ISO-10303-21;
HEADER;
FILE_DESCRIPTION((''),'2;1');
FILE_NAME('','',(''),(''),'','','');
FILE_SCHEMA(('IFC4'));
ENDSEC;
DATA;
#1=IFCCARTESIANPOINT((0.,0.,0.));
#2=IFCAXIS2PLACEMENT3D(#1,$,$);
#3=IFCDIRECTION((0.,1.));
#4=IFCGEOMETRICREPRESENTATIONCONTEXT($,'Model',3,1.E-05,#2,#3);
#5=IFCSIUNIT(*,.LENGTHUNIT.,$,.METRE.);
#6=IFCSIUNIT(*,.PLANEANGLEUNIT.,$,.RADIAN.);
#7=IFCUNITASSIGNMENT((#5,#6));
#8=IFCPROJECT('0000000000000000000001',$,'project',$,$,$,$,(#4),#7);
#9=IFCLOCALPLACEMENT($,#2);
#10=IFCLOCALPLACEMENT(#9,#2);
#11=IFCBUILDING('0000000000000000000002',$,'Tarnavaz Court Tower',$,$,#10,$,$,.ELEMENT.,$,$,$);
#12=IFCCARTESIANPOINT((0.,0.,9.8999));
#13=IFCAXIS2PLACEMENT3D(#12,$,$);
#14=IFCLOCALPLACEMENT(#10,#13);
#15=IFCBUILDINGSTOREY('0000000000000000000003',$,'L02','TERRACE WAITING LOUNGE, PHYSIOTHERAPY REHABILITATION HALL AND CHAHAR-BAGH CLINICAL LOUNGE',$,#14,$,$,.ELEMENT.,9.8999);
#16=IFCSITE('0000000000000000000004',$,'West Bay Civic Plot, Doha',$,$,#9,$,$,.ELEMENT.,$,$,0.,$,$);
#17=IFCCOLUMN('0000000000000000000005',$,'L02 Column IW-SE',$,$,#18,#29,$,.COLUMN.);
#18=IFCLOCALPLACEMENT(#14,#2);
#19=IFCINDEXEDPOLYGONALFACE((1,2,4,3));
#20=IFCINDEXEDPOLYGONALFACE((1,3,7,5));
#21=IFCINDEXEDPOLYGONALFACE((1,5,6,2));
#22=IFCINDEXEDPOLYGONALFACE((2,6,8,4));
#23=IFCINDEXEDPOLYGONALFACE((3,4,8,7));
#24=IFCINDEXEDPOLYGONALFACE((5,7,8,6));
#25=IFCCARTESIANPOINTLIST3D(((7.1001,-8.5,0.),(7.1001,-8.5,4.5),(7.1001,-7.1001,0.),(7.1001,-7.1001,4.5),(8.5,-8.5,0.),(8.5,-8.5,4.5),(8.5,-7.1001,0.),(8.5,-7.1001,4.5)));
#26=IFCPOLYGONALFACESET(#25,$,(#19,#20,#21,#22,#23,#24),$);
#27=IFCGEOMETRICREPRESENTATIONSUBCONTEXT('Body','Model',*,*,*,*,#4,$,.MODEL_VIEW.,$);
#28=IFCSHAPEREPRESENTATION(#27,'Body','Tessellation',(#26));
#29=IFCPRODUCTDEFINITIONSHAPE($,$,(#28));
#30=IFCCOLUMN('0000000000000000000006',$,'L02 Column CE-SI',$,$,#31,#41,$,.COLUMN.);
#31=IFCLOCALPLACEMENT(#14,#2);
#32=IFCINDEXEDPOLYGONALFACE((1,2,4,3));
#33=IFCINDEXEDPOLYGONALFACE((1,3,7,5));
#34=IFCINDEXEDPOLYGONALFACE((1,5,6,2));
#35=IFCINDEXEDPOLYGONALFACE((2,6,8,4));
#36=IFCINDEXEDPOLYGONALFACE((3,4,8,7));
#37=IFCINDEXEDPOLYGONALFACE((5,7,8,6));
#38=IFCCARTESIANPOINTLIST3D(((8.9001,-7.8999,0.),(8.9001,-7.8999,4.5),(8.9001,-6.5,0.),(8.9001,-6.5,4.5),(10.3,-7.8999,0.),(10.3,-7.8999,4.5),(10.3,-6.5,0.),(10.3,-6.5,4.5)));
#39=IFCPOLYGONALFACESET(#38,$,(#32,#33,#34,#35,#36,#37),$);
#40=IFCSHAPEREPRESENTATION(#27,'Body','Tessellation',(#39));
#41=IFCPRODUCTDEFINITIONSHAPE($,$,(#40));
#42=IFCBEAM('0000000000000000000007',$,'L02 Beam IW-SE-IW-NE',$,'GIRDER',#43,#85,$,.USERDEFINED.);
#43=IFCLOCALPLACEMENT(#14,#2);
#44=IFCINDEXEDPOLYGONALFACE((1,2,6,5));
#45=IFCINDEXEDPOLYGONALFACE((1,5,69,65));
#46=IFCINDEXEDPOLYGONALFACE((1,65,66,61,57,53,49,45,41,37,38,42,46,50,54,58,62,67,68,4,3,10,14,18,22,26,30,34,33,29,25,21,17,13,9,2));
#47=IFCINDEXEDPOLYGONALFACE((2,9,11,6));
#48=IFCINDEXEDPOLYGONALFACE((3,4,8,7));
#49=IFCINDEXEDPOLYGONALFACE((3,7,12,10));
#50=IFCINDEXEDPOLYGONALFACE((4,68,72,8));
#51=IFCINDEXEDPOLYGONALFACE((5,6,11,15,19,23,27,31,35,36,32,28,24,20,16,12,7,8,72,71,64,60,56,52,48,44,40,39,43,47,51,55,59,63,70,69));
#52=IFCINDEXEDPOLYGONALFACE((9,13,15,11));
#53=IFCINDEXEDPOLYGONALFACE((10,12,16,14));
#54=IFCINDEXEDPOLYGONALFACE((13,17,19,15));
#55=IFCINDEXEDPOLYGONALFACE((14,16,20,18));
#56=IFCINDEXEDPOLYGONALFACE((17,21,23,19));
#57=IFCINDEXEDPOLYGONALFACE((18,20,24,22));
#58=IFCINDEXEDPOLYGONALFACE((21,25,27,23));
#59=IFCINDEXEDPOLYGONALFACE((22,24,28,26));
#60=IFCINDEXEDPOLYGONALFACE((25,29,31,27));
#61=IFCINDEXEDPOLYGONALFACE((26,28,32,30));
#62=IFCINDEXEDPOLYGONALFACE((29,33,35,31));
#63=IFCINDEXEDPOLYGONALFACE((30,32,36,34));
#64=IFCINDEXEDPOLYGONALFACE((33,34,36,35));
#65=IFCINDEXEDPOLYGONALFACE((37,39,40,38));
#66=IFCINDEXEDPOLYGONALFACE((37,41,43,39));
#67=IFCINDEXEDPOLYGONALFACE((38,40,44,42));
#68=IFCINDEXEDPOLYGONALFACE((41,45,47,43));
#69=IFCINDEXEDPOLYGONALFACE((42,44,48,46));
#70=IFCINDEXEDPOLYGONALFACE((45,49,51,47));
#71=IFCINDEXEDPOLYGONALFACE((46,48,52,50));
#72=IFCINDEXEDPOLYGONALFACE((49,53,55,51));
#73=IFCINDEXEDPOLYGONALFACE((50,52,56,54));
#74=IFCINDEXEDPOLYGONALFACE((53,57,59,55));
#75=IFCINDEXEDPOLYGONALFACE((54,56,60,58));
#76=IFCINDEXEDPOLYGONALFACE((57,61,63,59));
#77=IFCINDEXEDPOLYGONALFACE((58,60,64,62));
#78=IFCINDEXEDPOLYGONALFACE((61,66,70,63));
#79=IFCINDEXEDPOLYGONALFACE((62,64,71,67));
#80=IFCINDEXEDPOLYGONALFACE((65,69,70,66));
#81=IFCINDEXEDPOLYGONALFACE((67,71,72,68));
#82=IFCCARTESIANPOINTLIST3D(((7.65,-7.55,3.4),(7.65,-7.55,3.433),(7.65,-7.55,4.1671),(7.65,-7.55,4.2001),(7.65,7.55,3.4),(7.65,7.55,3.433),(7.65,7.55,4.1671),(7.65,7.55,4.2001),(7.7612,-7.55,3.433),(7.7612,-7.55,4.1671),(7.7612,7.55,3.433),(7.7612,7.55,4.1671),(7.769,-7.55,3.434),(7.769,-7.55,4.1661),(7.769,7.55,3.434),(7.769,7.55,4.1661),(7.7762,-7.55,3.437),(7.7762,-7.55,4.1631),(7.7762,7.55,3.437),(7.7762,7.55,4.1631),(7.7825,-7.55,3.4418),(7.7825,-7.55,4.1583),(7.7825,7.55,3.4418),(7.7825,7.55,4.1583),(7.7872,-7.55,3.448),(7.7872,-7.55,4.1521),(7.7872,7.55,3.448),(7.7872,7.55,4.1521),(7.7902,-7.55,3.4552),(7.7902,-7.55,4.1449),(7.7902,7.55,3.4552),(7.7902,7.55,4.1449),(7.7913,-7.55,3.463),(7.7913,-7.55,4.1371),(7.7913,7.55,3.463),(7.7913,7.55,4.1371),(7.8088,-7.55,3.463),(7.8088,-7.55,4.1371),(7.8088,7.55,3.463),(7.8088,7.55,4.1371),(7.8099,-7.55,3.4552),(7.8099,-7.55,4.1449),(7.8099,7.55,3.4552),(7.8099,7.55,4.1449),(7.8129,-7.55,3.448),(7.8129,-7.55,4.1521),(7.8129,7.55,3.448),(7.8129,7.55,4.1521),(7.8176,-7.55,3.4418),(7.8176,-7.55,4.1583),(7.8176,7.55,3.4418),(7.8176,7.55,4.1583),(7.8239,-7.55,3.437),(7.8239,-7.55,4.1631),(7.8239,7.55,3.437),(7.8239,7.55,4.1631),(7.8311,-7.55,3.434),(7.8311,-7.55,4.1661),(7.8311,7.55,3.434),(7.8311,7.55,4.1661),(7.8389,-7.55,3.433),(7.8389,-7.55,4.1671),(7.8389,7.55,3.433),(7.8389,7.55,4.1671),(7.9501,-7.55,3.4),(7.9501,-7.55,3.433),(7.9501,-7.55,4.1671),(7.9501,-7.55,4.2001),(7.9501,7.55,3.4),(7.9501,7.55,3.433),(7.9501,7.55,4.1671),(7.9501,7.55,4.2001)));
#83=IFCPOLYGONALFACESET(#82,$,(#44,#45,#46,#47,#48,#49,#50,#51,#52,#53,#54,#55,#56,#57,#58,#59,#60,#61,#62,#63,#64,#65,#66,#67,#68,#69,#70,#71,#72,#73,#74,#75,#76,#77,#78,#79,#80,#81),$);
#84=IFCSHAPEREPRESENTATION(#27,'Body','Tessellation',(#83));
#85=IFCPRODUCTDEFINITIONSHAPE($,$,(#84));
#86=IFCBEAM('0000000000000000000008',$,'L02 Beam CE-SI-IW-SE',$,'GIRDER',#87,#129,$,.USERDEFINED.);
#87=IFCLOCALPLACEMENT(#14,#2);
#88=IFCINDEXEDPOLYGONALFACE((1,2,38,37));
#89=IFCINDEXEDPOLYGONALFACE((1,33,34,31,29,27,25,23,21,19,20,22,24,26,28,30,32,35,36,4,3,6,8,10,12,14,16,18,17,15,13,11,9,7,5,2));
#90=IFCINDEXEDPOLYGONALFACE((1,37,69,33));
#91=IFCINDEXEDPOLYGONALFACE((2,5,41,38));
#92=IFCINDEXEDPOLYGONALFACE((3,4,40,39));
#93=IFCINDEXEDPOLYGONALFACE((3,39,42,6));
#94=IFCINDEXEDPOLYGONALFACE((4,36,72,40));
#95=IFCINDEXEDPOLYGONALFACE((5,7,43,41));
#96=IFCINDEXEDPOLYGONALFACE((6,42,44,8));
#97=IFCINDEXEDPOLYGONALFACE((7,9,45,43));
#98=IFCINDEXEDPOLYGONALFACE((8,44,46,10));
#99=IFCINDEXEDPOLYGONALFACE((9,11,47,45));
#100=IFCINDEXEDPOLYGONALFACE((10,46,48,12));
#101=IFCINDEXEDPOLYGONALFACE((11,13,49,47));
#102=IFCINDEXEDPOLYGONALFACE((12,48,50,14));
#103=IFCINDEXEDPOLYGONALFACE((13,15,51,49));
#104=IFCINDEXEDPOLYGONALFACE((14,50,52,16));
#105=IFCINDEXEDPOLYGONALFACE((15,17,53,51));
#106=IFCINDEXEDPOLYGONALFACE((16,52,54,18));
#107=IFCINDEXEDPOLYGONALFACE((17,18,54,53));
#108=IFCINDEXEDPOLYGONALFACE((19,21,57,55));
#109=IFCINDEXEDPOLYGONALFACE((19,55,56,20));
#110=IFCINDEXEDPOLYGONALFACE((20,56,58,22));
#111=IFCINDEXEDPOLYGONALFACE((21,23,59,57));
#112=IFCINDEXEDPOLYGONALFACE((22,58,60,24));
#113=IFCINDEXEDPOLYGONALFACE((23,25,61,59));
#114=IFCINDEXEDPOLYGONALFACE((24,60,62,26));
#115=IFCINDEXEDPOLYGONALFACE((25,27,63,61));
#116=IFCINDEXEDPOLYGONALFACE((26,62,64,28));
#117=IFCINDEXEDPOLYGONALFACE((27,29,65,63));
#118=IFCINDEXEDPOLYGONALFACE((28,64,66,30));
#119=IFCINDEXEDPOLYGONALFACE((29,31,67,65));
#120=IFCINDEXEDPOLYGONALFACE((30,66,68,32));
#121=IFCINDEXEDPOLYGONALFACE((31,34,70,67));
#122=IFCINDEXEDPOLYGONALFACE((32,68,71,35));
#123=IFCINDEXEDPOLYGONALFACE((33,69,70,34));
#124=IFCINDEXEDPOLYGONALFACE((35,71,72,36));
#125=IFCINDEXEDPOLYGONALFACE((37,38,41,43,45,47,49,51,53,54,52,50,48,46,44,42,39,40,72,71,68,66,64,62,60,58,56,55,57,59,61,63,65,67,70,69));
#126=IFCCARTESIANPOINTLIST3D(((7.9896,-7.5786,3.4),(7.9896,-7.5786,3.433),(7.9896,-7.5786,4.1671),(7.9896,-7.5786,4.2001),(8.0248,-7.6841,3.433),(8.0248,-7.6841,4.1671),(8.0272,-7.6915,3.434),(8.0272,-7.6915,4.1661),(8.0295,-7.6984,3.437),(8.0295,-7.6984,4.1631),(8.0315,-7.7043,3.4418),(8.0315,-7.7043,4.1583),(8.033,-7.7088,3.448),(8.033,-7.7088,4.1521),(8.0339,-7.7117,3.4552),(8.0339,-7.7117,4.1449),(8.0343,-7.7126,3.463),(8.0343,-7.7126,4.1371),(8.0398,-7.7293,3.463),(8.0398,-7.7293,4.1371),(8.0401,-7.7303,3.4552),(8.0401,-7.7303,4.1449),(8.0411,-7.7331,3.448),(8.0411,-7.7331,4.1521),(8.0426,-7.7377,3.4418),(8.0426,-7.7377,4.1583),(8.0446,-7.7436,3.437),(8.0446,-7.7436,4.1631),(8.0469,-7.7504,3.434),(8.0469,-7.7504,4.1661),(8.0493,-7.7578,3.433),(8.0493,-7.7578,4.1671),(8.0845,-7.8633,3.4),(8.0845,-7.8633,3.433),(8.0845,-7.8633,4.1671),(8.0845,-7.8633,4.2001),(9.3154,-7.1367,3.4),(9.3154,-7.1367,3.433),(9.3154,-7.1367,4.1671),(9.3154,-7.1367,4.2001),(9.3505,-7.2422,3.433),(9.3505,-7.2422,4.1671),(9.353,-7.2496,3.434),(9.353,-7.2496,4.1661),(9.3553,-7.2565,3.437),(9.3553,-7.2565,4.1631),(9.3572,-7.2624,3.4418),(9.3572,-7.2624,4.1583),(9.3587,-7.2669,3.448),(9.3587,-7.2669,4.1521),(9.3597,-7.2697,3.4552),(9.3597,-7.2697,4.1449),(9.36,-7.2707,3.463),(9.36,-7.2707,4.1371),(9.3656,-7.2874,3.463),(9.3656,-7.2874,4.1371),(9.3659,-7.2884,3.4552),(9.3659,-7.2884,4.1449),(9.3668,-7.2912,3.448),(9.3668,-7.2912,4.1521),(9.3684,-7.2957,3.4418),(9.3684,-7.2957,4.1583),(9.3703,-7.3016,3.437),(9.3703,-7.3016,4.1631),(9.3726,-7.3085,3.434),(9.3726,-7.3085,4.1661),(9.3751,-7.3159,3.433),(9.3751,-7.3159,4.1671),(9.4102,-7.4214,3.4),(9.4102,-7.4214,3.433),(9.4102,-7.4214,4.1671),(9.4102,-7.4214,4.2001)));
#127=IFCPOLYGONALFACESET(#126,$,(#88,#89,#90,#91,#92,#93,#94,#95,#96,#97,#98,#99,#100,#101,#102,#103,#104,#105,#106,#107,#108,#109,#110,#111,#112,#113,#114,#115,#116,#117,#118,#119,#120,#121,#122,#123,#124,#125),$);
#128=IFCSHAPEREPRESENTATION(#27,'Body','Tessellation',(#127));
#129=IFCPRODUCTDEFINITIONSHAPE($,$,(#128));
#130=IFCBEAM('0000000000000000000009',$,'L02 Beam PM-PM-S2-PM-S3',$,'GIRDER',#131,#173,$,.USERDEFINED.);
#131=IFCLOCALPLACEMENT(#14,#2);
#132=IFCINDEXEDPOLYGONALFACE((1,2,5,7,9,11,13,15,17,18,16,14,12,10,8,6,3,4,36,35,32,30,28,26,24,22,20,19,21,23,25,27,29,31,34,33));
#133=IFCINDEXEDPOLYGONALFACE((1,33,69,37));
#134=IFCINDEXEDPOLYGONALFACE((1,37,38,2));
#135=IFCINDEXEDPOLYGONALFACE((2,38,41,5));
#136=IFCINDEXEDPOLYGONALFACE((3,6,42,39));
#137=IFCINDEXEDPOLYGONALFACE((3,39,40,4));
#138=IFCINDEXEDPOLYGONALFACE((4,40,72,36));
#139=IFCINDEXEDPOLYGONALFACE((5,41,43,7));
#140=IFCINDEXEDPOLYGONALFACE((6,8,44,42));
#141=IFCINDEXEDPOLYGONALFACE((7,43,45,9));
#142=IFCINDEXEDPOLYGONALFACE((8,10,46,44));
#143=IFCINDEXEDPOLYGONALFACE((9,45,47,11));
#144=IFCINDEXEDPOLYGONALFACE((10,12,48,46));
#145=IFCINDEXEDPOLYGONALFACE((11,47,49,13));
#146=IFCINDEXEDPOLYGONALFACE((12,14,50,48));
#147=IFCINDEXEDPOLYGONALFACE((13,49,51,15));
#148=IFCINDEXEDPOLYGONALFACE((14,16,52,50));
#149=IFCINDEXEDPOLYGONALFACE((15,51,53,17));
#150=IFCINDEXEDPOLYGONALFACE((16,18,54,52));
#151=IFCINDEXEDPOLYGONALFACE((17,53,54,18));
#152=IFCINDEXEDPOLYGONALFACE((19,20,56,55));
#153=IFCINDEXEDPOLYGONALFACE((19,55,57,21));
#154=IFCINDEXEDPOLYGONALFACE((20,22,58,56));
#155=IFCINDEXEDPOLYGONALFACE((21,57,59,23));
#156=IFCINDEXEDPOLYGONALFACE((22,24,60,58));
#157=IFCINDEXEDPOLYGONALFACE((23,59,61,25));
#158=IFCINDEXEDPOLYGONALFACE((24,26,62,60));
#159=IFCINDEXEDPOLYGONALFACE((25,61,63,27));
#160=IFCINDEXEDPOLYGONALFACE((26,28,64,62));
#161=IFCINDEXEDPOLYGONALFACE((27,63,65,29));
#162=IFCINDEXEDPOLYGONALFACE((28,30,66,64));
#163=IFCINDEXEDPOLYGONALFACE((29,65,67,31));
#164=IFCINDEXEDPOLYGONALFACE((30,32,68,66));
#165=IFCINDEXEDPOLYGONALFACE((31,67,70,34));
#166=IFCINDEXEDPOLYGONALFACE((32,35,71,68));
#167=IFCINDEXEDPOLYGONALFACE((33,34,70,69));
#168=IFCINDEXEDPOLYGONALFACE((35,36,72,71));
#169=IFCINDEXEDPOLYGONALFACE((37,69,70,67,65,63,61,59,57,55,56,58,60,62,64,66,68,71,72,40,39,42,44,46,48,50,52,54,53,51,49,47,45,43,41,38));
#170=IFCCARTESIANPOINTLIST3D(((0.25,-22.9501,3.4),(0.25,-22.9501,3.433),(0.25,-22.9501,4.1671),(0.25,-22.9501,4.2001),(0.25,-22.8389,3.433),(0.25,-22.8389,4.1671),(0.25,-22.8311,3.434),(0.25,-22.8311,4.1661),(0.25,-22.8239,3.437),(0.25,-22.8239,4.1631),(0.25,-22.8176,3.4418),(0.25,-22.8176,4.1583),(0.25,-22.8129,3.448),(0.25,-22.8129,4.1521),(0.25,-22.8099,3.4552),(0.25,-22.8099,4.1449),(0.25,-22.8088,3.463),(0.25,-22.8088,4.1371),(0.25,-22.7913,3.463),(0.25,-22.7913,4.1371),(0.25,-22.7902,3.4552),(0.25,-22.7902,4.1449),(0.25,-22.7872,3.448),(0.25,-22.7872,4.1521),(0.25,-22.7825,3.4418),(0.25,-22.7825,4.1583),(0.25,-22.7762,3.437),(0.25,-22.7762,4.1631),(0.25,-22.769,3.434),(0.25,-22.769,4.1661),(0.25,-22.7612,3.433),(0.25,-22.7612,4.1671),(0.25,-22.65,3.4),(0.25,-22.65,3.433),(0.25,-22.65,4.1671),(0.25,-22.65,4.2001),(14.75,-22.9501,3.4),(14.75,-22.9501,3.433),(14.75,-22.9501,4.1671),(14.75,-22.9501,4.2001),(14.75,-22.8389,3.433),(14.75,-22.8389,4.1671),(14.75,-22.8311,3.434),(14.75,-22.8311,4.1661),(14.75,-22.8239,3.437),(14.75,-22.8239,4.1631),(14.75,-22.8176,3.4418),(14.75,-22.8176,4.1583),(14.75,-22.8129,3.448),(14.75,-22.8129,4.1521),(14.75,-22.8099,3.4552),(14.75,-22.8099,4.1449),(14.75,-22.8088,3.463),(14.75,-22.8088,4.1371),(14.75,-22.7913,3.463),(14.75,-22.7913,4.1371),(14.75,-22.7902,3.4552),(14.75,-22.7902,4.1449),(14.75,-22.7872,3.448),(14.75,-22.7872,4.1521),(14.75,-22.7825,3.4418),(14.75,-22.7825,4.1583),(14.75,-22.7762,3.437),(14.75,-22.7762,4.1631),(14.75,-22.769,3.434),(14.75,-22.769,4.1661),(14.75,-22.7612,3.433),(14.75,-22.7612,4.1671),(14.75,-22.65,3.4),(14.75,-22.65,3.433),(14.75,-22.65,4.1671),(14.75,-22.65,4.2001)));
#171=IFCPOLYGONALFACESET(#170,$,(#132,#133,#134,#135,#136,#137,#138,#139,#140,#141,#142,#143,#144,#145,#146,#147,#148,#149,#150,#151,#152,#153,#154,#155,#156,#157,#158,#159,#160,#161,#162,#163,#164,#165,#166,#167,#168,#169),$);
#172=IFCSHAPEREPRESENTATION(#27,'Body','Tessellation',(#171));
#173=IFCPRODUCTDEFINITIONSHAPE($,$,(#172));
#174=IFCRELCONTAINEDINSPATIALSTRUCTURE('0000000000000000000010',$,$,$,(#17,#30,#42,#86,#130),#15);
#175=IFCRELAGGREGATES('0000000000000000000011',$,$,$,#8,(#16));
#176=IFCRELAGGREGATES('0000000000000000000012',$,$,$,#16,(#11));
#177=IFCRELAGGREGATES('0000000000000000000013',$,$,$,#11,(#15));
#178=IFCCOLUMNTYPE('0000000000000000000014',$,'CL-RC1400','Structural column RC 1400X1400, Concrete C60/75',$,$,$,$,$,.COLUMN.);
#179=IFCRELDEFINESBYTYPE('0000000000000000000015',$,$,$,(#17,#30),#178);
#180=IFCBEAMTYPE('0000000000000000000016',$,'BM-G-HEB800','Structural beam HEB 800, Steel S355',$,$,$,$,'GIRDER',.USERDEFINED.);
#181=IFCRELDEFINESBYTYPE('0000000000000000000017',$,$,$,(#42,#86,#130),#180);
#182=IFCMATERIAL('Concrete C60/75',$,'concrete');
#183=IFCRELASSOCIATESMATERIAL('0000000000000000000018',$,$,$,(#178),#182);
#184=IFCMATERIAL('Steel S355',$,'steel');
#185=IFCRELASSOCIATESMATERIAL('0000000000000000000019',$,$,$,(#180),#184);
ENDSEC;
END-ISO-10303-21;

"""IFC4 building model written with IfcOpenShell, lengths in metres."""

from ifc_helpers import new_model, si_unit, direction, frame, origin, origin_2d, place, context, subcontext, project, spatial, rectangle, i_section, extrude, material, material_profile, profile_set, type_object, element, save


model = new_model("IFC4")

# Units and contexts
model_context = context("Model", 3, precision=1e-05, world=origin(), true_north=direction((0.0, 1.0)))
body_context = subcontext(model_context, "Body", "Model", "MODEL_VIEW")
ifc_project = project(units=[si_unit("LENGTHUNIT", "METRE"), si_unit("PLANEANGLEUNIT", "RADIAN")], contexts=[model_context])

# Site, building, storey
site_placement = place(None, origin())
site = spatial("IfcSite", under=ifc_project, at=site_placement, Name="West Bay Civic Plot, Doha", CompositionType="ELEMENT", RefElevation=0.0)
building_placement = place(site_placement, origin())
building = spatial("IfcBuilding", under=site, at=building_placement, Name="Tarnavaz Court Tower", CompositionType="ELEMENT")
storey_placement = place(building_placement, frame((0.0, 0.0, 9.8999)))
storey = spatial("IfcBuildingStorey", under=building, at=storey_placement, Name="L02", Description="TERRACE WAITING LOUNGE, PHYSIOTHERAPY REHABILITATION HALL AND CHAHAR-BAGH CLINICAL LOUNGE", CompositionType="ELEMENT", Elevation=9.8999)

# Columns
ifc_material_1 = material(Name="Concrete C60/75", Category="concrete")
ifc_material_profile_1 = material_profile(ifc_material_1, rectangle(XDim=1.3999, YDim=1.3999, at=origin_2d()), Name="RC 1400X1400")
ifc_profile_set_1 = profile_set([ifc_material_profile_1], Name="Concrete C60/75")
column_type = type_object("IfcColumnType", Name="CL-RC1400", Description="Structural column RC 1400X1400, Concrete C60/75", PredefinedType="COLUMN", material=ifc_profile_set_1)
for number, where, z_axis, x_axis, name in (
    (1, (7.8, -7.8, 0.0), (0.0, 0.0, 1.0), (1.0, 0.0, 0.0), "L02 Column IW-SE"),
    (2, (9.6001, -7.2, 0.0), (0.0, 0.0, 1.0), (1.0, 0.0, 0.0), "L02 Column CE-SI"),
):
    element("IfcColumn", number, at=place(storey_placement, frame(where, z_axis=z_axis, x_axis=x_axis)), inside=storey, type_object=column_type, Name=name, PredefinedType="COLUMN", context=body_context, shape_type="SweptSolid", body=[
        extrude(rectangle(XDim=1.3999, YDim=1.3999, at=origin_2d()), origin(), (0.0, 0.0, 1.0), 4.5),
    ])

# Beams
ifc_material_2 = material(Name="Steel S355", Category="steel")
ifc_material_profile_2 = material_profile(ifc_material_2, i_section(OverallWidth=0.3, OverallDepth=0.8, WebThickness=0.0176, FlangeThickness=0.033, FilletRadius=0.03, at=origin_2d()), Name="HEB 800")
ifc_profile_set_2 = profile_set([ifc_material_profile_2], Name="Steel S355")
beam_type_1 = type_object("IfcBeamType", Name="BM-G-HEB800", Description="Structural beam HEB 800, Steel S355", ElementType="GIRDER", PredefinedType="USERDEFINED", material=ifc_profile_set_2)
beam_1_placement = place(storey_placement, frame((7.8, -7.55, 3.8), z_axis=(0.0, 1.0, 0.0), x_axis=(-1.0, 0.0, 0.0)))
element("IfcBeam", 3, at=beam_1_placement, inside=storey, type_object=beam_type_1, Name="L02 Beam IW-SE-IW-NE", ObjectType="GIRDER", PredefinedType="USERDEFINED", context=body_context, shape_type="SweptSolid", body=[
    extrude(i_section(OverallWidth=0.3, OverallDepth=0.8, WebThickness=0.0176, FlangeThickness=0.033, FilletRadius=0.03, at=origin_2d()), origin(), (0.0, 0.0, 1.0), 15.1001),
])
beam_2_placement = place(storey_placement, frame((9.3628, -7.2791, 3.8), z_axis=(-0.948683, -0.316228, 0.0), x_axis=(0.316228, -0.948683, 0.0)))
element("IfcBeam", 4, at=beam_2_placement, inside=storey, type_object=beam_type_1, Name="L02 Beam CE-SI-IW-SE", ObjectType="GIRDER", PredefinedType="USERDEFINED", context=body_context, shape_type="SweptSolid", body=[
    extrude(i_section(OverallWidth=0.3, OverallDepth=0.8, WebThickness=0.0176, FlangeThickness=0.033, FilletRadius=0.03, at=origin_2d()), origin(), (0.0, 0.0, 1.0), 1.3975),
])
beam_3_placement = place(storey_placement, frame((0.25, -22.8, 3.8), z_axis=(1.0, 0.0, 0.0), x_axis=(0.0, 1.0, 0.0)))
element("IfcBeam", 5, at=beam_3_placement, inside=storey, type_object=beam_type_1, Name="L02 Beam PM-PM-S2-PM-S3", ObjectType="GIRDER", PredefinedType="USERDEFINED", context=body_context, shape_type="SweptSolid", body=[
    extrude(i_section(OverallWidth=0.3, OverallDepth=0.8, WebThickness=0.0176, FlangeThickness=0.033, FilletRadius=0.03, at=origin_2d()), origin(), (0.0, 0.0, 1.0), 14.5),
])

save(model, "model.ifc")
